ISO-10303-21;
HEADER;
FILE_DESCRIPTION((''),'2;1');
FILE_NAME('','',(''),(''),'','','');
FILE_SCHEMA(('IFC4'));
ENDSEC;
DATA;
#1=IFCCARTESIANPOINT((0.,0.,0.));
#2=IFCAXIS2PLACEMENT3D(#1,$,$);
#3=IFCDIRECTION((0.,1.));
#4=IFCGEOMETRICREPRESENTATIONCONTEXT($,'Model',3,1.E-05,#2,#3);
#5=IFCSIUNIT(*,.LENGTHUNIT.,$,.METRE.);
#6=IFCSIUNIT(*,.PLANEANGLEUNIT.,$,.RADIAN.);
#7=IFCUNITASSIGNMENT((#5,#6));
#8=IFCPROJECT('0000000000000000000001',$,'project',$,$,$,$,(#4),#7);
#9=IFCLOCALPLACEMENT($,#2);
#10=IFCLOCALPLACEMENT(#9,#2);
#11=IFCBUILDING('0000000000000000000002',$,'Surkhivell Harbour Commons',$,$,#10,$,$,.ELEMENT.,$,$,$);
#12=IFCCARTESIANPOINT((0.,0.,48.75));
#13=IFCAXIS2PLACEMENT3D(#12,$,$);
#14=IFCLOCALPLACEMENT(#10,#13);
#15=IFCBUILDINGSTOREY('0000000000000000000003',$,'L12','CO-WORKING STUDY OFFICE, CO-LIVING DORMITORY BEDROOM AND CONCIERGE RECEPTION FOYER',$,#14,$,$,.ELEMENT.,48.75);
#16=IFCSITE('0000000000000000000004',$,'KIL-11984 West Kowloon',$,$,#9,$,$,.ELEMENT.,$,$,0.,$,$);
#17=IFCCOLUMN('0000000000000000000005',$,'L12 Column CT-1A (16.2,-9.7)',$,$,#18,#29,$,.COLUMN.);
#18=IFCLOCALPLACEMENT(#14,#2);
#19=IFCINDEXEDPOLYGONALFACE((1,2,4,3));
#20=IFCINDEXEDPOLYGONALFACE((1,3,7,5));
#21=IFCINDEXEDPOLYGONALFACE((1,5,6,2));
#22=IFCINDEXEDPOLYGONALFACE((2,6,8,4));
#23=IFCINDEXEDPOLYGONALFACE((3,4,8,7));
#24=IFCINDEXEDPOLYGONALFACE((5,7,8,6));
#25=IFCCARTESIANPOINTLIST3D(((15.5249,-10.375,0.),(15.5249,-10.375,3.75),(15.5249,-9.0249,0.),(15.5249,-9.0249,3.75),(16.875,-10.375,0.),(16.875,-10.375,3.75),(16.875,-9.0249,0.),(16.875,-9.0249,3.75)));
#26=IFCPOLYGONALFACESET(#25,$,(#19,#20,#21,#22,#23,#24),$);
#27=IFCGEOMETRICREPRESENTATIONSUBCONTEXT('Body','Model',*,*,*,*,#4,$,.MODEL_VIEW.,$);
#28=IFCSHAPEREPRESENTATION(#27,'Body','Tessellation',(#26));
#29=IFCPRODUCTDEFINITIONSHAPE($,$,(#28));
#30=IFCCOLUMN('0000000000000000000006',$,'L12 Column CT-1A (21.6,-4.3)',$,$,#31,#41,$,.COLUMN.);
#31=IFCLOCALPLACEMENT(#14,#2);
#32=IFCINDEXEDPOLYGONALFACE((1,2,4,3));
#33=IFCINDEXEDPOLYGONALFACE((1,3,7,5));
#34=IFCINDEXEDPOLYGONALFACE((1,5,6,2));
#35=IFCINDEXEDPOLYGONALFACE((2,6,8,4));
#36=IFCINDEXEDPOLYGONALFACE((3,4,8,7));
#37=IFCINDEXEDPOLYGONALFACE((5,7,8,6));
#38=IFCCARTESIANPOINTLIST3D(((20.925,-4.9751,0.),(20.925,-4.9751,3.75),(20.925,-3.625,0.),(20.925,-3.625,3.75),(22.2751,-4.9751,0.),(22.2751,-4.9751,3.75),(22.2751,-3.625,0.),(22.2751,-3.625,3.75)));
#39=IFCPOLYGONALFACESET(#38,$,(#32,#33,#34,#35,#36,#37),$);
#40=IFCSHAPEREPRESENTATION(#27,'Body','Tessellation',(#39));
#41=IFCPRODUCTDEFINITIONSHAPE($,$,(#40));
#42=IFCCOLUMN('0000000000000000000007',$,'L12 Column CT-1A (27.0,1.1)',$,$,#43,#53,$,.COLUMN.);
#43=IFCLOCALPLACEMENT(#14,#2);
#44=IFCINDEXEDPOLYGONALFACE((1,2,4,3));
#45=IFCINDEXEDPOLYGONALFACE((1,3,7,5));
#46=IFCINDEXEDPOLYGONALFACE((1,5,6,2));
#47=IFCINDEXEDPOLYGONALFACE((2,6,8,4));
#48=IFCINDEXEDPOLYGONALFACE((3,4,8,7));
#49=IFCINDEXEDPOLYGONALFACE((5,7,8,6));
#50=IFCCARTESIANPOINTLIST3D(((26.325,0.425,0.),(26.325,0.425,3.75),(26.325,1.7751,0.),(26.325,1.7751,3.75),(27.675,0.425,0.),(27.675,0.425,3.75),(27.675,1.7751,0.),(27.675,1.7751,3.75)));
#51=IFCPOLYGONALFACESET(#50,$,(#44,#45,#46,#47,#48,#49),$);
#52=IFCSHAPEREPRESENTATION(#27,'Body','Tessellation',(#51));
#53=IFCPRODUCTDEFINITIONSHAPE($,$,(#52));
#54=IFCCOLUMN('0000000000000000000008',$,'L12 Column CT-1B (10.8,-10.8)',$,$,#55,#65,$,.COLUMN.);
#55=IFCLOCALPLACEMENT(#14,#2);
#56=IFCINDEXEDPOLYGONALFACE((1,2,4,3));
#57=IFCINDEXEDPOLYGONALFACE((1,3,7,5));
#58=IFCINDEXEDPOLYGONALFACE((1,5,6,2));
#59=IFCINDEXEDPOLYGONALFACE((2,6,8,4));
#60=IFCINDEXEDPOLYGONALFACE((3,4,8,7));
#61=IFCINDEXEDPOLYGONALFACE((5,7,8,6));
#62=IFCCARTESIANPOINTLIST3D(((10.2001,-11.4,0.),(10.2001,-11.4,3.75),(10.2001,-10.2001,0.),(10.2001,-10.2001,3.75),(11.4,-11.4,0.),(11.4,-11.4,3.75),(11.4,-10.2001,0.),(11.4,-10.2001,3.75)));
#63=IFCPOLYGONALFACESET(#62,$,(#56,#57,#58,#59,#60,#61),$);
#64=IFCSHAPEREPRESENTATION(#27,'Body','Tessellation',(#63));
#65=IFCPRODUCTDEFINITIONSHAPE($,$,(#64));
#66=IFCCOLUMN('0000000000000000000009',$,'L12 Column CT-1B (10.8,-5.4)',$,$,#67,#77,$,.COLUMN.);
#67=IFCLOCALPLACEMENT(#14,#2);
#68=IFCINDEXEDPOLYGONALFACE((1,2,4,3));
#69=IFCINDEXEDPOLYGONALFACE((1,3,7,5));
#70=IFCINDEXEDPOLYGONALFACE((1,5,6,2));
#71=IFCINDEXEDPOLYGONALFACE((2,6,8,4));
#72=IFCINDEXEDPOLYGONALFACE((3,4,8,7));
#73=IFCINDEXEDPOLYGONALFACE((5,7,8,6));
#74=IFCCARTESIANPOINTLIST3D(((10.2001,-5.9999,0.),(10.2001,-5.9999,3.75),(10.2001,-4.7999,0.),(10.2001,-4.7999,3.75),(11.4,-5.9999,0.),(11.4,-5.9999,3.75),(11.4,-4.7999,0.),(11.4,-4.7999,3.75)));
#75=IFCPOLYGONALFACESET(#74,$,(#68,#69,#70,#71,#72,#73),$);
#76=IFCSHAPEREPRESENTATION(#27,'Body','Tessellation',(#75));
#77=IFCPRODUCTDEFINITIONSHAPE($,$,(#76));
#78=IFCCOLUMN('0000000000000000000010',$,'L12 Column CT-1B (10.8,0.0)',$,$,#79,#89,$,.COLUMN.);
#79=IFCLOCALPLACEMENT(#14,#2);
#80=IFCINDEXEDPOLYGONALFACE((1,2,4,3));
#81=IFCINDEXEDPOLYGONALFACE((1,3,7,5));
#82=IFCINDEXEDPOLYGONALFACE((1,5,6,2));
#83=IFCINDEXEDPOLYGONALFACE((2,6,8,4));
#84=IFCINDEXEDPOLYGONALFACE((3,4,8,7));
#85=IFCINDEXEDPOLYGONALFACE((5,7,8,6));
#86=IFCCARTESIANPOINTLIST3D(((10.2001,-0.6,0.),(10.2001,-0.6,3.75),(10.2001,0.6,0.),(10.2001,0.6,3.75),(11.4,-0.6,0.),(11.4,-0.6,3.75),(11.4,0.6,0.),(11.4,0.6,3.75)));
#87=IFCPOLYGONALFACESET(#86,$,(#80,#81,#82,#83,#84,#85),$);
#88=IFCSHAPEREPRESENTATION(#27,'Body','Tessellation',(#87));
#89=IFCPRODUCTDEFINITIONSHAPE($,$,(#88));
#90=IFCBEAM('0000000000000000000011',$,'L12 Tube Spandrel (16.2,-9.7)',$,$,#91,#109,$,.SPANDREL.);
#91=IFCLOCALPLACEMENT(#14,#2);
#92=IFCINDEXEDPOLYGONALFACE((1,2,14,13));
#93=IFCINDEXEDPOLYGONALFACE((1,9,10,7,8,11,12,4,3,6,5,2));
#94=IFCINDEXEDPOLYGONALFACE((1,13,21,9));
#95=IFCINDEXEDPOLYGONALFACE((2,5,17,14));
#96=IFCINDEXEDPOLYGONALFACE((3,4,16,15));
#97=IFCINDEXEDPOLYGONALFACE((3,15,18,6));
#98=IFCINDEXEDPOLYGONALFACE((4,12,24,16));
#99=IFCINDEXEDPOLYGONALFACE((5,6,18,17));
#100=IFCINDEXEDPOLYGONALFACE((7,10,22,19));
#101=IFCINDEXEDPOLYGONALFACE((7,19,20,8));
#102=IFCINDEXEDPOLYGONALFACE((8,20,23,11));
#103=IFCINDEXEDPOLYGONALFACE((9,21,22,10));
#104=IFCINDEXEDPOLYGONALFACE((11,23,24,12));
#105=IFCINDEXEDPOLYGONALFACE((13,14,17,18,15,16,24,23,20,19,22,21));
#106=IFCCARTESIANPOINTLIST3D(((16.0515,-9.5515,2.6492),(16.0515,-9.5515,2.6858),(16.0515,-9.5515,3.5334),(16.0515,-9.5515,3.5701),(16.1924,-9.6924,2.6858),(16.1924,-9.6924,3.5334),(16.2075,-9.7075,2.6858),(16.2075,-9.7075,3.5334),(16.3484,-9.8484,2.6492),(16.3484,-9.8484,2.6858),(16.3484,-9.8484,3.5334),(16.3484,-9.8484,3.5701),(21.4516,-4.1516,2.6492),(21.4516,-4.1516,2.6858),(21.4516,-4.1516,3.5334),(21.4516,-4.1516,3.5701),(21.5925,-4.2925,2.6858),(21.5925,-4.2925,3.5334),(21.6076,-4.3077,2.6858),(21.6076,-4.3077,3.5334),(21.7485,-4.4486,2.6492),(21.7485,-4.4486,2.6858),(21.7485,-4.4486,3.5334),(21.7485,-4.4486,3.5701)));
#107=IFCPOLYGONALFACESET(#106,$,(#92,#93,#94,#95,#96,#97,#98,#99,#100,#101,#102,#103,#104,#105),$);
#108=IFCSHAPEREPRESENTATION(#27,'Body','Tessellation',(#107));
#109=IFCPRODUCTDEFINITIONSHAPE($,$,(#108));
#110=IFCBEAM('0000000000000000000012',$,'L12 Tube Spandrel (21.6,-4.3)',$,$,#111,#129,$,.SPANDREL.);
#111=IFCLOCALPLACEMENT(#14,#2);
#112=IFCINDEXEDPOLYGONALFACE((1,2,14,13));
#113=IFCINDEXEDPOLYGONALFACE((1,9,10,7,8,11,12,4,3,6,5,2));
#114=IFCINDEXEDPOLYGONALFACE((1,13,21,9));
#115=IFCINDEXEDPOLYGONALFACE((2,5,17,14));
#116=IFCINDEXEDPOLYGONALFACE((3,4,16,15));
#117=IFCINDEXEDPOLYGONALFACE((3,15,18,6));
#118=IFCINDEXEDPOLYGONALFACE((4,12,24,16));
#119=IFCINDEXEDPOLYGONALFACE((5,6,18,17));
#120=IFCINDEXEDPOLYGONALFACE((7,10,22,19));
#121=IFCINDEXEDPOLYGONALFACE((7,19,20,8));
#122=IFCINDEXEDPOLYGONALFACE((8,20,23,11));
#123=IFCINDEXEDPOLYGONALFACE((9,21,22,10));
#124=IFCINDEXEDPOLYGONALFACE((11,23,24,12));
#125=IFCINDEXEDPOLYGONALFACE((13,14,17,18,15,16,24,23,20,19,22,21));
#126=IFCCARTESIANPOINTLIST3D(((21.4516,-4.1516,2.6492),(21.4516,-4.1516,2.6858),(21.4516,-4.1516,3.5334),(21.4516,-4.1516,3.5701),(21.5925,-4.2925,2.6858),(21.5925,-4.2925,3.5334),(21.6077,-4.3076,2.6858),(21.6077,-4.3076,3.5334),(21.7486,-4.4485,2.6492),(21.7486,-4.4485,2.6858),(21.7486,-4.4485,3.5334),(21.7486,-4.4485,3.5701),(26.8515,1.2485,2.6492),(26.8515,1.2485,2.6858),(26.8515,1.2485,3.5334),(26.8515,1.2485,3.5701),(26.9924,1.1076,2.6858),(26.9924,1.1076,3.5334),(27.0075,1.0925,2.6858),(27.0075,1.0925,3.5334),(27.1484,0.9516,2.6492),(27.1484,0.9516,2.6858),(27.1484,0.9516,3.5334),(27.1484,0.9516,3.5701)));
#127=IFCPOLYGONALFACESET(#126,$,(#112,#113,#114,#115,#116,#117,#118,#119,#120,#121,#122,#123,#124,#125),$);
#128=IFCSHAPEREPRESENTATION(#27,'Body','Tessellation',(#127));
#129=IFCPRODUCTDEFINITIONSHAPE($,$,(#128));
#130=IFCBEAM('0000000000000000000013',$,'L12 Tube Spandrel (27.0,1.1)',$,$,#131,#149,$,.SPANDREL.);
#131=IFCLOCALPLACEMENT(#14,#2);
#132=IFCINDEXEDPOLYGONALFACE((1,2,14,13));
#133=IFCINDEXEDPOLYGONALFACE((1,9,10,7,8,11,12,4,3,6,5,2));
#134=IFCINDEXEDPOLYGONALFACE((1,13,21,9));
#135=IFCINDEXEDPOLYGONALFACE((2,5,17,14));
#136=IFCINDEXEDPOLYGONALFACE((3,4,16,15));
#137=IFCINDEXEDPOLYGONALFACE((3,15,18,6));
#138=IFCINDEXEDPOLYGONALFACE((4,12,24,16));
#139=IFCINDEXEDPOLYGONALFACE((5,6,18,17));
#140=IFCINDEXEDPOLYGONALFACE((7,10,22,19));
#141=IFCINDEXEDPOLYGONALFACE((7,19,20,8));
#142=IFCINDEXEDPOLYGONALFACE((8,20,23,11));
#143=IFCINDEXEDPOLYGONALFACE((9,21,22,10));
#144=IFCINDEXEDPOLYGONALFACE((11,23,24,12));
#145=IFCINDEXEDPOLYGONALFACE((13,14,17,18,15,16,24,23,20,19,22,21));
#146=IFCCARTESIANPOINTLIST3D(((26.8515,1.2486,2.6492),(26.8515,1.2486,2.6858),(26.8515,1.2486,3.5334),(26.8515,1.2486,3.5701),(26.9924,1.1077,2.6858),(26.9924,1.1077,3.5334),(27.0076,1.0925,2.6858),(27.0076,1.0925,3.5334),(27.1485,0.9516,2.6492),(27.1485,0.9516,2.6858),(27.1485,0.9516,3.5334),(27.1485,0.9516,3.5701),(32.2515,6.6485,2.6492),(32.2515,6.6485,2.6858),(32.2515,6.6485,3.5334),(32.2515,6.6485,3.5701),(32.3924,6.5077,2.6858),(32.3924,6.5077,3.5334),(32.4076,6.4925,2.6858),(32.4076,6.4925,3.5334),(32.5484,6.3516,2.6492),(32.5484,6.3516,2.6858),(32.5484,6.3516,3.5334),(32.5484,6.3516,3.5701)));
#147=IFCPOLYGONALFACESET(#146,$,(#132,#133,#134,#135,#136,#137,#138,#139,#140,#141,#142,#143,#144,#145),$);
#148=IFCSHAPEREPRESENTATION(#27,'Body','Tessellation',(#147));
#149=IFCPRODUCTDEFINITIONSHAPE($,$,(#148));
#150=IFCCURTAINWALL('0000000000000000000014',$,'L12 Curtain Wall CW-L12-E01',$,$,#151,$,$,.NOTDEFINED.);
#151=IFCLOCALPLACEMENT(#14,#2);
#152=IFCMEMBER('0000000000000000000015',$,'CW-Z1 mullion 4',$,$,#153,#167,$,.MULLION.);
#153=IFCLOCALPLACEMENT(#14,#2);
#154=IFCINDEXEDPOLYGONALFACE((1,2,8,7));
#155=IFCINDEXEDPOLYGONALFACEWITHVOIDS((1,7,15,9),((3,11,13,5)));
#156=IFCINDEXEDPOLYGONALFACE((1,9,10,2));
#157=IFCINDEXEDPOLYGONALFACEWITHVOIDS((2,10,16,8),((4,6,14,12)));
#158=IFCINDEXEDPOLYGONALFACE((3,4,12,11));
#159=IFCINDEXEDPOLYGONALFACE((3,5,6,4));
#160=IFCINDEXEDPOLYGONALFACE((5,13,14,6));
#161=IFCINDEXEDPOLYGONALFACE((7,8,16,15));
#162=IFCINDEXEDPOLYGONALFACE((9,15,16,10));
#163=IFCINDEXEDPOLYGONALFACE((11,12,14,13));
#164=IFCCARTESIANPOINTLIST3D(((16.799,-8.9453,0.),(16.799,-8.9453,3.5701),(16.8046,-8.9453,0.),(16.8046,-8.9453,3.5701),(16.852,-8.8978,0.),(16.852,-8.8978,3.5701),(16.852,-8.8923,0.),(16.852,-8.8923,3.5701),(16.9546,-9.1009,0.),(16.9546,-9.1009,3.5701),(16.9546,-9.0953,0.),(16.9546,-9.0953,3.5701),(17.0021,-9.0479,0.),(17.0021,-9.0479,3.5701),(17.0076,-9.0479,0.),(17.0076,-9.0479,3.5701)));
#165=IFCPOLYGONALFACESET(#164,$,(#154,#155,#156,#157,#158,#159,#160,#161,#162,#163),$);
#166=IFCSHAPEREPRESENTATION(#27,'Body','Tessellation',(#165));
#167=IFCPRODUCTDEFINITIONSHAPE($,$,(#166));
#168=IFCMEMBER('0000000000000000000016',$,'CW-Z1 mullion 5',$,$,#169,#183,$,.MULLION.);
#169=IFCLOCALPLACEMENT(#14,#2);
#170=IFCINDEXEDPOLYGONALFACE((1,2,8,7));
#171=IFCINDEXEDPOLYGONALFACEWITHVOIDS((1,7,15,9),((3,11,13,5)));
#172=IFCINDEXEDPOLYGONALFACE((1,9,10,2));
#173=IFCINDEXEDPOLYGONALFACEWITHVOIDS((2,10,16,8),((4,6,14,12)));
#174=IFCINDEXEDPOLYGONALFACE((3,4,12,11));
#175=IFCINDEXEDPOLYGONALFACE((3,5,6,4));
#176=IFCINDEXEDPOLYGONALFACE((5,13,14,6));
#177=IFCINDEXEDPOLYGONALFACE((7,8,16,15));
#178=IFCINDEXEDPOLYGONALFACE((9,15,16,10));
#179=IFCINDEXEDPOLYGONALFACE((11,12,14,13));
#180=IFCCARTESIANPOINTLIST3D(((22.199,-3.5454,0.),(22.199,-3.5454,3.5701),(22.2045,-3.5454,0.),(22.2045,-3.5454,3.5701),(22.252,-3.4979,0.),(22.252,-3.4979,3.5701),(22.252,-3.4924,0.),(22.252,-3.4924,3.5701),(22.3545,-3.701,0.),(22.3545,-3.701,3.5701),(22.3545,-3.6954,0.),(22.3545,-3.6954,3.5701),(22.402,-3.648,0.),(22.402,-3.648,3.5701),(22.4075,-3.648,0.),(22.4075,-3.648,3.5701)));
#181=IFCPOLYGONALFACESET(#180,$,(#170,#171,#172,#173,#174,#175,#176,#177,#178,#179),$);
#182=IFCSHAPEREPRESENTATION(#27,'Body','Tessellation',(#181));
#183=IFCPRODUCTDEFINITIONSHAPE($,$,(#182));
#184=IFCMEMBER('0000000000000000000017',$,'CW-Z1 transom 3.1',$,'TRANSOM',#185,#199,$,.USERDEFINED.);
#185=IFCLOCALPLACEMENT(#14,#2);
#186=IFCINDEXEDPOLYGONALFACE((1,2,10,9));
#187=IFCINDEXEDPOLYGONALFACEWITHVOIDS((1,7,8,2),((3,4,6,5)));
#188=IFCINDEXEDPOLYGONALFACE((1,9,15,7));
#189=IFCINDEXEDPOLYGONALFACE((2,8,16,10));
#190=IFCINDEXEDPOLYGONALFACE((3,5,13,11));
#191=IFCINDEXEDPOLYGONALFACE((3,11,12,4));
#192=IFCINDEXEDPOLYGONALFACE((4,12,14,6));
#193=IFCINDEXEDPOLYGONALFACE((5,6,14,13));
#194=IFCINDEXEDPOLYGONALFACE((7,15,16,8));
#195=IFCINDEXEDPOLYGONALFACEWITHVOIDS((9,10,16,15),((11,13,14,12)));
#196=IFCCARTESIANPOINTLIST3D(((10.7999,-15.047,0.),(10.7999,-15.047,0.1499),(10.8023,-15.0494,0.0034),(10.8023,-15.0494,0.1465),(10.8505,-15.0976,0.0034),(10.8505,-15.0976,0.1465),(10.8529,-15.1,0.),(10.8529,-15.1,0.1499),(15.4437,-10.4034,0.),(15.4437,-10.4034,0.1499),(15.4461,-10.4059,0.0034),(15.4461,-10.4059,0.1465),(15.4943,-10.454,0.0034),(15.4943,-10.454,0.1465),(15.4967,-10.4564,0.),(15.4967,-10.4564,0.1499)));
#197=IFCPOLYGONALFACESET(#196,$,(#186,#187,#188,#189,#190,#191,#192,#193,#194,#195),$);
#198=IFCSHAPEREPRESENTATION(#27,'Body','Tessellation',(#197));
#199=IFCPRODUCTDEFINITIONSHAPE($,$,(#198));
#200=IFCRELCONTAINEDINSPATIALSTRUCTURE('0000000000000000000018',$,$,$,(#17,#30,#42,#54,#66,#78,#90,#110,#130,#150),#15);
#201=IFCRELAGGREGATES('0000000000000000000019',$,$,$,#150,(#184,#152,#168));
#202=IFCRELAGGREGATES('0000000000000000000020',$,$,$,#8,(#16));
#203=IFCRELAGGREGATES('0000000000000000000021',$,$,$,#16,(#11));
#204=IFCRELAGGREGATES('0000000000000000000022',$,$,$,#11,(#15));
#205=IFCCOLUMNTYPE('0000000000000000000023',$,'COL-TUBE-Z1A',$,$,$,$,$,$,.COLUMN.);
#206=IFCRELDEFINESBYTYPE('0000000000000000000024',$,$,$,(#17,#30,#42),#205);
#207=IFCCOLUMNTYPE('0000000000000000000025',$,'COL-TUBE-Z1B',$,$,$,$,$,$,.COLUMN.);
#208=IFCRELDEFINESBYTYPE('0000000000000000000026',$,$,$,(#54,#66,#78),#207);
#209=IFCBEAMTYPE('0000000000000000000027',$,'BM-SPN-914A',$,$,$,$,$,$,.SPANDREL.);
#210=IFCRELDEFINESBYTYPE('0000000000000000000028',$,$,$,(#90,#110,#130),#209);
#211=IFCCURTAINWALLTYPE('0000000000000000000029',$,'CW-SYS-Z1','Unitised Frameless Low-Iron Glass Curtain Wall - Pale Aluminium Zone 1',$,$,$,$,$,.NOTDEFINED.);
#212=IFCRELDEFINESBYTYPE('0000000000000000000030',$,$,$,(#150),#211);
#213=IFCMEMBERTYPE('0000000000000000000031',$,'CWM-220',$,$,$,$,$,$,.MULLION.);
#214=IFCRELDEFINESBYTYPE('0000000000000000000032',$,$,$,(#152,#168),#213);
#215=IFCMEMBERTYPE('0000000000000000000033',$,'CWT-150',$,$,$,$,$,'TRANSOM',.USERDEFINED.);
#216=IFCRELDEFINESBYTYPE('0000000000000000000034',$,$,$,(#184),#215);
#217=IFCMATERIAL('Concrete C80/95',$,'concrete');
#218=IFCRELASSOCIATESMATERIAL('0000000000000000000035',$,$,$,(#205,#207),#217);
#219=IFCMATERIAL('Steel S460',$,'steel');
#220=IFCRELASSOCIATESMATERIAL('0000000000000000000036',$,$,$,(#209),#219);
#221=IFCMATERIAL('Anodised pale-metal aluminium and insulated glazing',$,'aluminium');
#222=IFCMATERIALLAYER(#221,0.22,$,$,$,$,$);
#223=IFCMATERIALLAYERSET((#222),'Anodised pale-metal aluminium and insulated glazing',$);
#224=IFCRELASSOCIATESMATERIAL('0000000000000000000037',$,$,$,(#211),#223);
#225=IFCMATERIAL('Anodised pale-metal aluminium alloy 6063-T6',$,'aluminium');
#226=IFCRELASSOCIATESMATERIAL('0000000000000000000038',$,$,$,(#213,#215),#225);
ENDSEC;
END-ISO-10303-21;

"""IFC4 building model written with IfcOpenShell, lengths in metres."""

from ifc_helpers import new_model, si_unit, direction, frame, origin, origin_2d, place, context, subcontext, project, spatial, rectangle, hollow_rectangle, i_section, extrude, material, layer, layer_set, material_profile, profile_set, type_object, element, aggregate, save


model = new_model("IFC4")

# Units and contexts
model_context = context("Model", 3, precision=1e-05, world=origin(), true_north=direction((0.0, 1.0)))
body_context = subcontext(model_context, "Body", "Model", "MODEL_VIEW")
ifc_project = project(units=[si_unit("LENGTHUNIT", "METRE"), si_unit("PLANEANGLEUNIT", "RADIAN")], contexts=[model_context])

# Site, building, storey
site_placement = place(None, origin())
site = spatial("IfcSite", under=ifc_project, at=site_placement, Name="KIL-11984 West Kowloon", CompositionType="ELEMENT", RefElevation=0.0)
building_placement = place(site_placement, origin())
building = spatial("IfcBuilding", under=site, at=building_placement, Name="Surkhivell Harbour Commons", CompositionType="ELEMENT")
storey_placement = place(building_placement, frame((0.0, 0.0, 48.75)))
storey = spatial("IfcBuildingStorey", under=building, at=storey_placement, Name="L12", Description="CO-WORKING STUDY OFFICE, CO-LIVING DORMITORY BEDROOM AND CONCIERGE RECEPTION FOYER", CompositionType="ELEMENT", Elevation=48.75)

# Columns
ifc_material_1 = material(Name="Concrete C80/95", Category="concrete")
ifc_material_profile_1 = material_profile(ifc_material_1, rectangle(XDim=1.3501, YDim=1.3501, at=origin_2d()), Name="RC-COL-1350x1350")
ifc_profile_set_1 = profile_set([ifc_material_profile_1], Name="Concrete C80/95")
column_type_1 = type_object("IfcColumnType", Name="COL-TUBE-Z1A", PredefinedType="COLUMN", material=ifc_profile_set_1)
for number, where, z_axis, x_axis, name in (
    (1, (16.2, -9.7, 0.0), (0.0, 0.0, 1.0), (1.0, 0.0, 0.0), "L12 Column CT-1A (16.2,-9.7)"),
    (2, (21.6001, -4.3, 0.0), (0.0, 0.0, 1.0), (1.0, 0.0, 0.0), "L12 Column CT-1A (21.6,-4.3)"),
    (3, (27.0, 1.1001, 0.0), (0.0, 0.0, 1.0), (1.0, 0.0, 0.0), "L12 Column CT-1A (27.0,1.1)"),
):
    element("IfcColumn", number, at=place(storey_placement, frame(where, z_axis=z_axis, x_axis=x_axis)), inside=storey, type_object=column_type_1, Name=name, PredefinedType="COLUMN", context=body_context, shape_type="SweptSolid", body=[
        extrude(rectangle(XDim=1.3501, YDim=1.3501, at=origin_2d()), origin(), (0.0, 0.0, 1.0), 3.75),
    ])
ifc_material_profile_2 = material_profile(ifc_material_1, rectangle(XDim=1.2, YDim=1.2, at=origin_2d()), Name="RC-COL-1200x1200")
ifc_profile_set_2 = profile_set([ifc_material_profile_2], Name="Concrete C80/95")
column_type_2 = type_object("IfcColumnType", Name="COL-TUBE-Z1B", PredefinedType="COLUMN", material=ifc_profile_set_2)
for number, where, z_axis, x_axis, name in (
    (4, (10.8, -10.8, 0.0), (0.0, 0.0, 1.0), (1.0, 0.0, 0.0), "L12 Column CT-1B (10.8,-10.8)"),
    (5, (10.8, -5.3999, 0.0), (0.0, 0.0, 1.0), (1.0, 0.0, 0.0), "L12 Column CT-1B (10.8,-5.4)"),
    (6, (10.8, 0.0, 0.0), (0.0, 0.0, 1.0), (1.0, 0.0, 0.0), "L12 Column CT-1B (10.8,0.0)"),
):
    element("IfcColumn", number, at=place(storey_placement, frame(where, z_axis=z_axis, x_axis=x_axis)), inside=storey, type_object=column_type_2, Name=name, PredefinedType="COLUMN", context=body_context, shape_type="SweptSolid", body=[
        extrude(rectangle(XDim=1.2, YDim=1.2, at=origin_2d()), origin(), (0.0, 0.0, 1.0), 3.75),
    ])

# Beams
ifc_material_2 = material(Name="Steel S460", Category="steel")
ifc_material_profile_3 = material_profile(ifc_material_2, i_section(OverallWidth=0.4199, OverallDepth=0.9209, WebThickness=0.0215, FlangeThickness=0.0366, at=origin_2d()), Name="UB914x419x388")
ifc_profile_set_3 = profile_set([ifc_material_profile_3], Name="Steel S460")
beam_type = type_object("IfcBeamType", Name="BM-SPN-914A", PredefinedType="SPANDREL", material=ifc_profile_set_3)
for number, where, z_axis, x_axis, name in (
    (7, (16.2, -9.7, 3.1096), (0.707123, 0.707091, 0.0), (-0.707091, 0.707123, 0.0), "L12 Tube Spandrel (16.2,-9.7)"),
    (8, (21.6001, -4.3, 3.1096), (0.707091, 0.707123, 0.0), (-0.707123, 0.707091, 0.0), "L12 Tube Spandrel (21.6,-4.3)"),
    (9, (27.0, 1.1001, 3.1096), (0.707107, 0.707107, 0.0), (-0.707107, 0.707107, 0.0), "L12 Tube Spandrel (27.0,1.1)"),
):
    element("IfcBeam", number, at=place(storey_placement, frame(where, z_axis=z_axis, x_axis=x_axis)), inside=storey, type_object=beam_type, Name=name, PredefinedType="SPANDREL", context=body_context, shape_type="SweptSolid", body=[
        extrude(i_section(OverallWidth=0.4199, OverallDepth=0.9209, WebThickness=0.0215, FlangeThickness=0.0366, at=origin_2d()), origin(), (0.0, 0.0, 1.0), 7.6367),
    ])

# Curtain wall, members
ifc_material_3 = material(Name="Anodised pale-metal aluminium and insulated glazing", Category="aluminium")
ifc_layer_1 = layer(ifc_material_3, 0.22)
ifc_layer_set_1 = layer_set([ifc_layer_1], Name="Anodised pale-metal aluminium and insulated glazing")
curtain_wall_type = type_object("IfcCurtainWallType", Name="CW-SYS-Z1", Description="Unitised Frameless Low-Iron Glass Curtain Wall - Pale Aluminium Zone 1", PredefinedType="NOTDEFINED", material=ifc_layer_set_1)
curtain_wall_placement = place(storey_placement, origin())
curtain_wall = element("IfcCurtainWall", 10, at=curtain_wall_placement, inside=storey, type_object=curtain_wall_type, Name="L12 Curtain Wall CW-L12-E01", PredefinedType="NOTDEFINED")
ifc_material_4 = material(Name="Anodised pale-metal aluminium alloy 6063-T6", Category="aluminium")
ifc_material_profile_4 = material_profile(ifc_material_4, hollow_rectangle(XDim=0.075, YDim=0.22, WallThickness=0.0039, at=origin_2d()), Name="ALU-MULL-75x220")
ifc_profile_set_4 = profile_set([ifc_material_profile_4], Name="Anodised pale-metal aluminium alloy 6063-T6")
member_type_1 = type_object("IfcMemberType", Name="CWM-220", PredefinedType="MULLION", material=ifc_profile_set_4)
member_1_placement = place(storey_placement, frame((16.9033, -8.9966, 0.0), z_axis=(0.0, 0.0, 1.0), x_axis=(0.707107, 0.707107, 0.0)))
member_1 = element("IfcMember", 11, at=member_1_placement, type_object=member_type_1, Name="CW-Z1 mullion 4", PredefinedType="MULLION", context=body_context, shape_type="SweptSolid", body=[
    extrude(hollow_rectangle(XDim=0.075, YDim=0.22, WallThickness=0.0039, at=origin_2d()), origin(), (0.0, 0.0, 1.0), 3.5701),
])
member_2_placement = place(storey_placement, frame((22.3032, -3.5967, 0.0), z_axis=(0.0, 0.0, 1.0), x_axis=(0.707107, 0.707107, 0.0)))
member_2 = element("IfcMember", 12, at=member_2_placement, type_object=member_type_1, Name="CW-Z1 mullion 5", PredefinedType="MULLION", context=body_context, shape_type="SweptSolid", body=[
    extrude(hollow_rectangle(XDim=0.075, YDim=0.22, WallThickness=0.0039, at=origin_2d()), origin(), (0.0, 0.0, 1.0), 3.5701),
])
ifc_material_profile_5 = material_profile(ifc_material_4, hollow_rectangle(XDim=0.075, YDim=0.1499, WallThickness=0.0034, at=origin_2d()), Name="ALU-TRAN-75x150")
ifc_profile_set_5 = profile_set([ifc_material_profile_5], Name="Anodised pale-metal aluminium alloy 6063-T6")
member_type_2 = type_object("IfcMemberType", Name="CWT-150", ElementType="TRANSOM", PredefinedType="USERDEFINED", material=ifc_profile_set_5)
member_3_placement = place(storey_placement, frame((10.8264, -15.0735, 0.075), z_axis=(0.707125, 0.707088, 0.0), x_axis=(-0.707088, 0.707125, 0.0)))
member_3 = element("IfcMember", 13, at=member_3_placement, type_object=member_type_2, Name="CW-Z1 transom 3.1", ObjectType="TRANSOM", PredefinedType="USERDEFINED", context=body_context, shape_type="SweptSolid", body=[
    extrude(hollow_rectangle(XDim=0.075, YDim=0.1499, WallThickness=0.0034, at=origin_2d()), origin(), (0.0, 0.0, 1.0), 6.5671),
])
aggregate(curtain_wall, [member_3, member_1, member_2])

save(model, "model.ifc")
